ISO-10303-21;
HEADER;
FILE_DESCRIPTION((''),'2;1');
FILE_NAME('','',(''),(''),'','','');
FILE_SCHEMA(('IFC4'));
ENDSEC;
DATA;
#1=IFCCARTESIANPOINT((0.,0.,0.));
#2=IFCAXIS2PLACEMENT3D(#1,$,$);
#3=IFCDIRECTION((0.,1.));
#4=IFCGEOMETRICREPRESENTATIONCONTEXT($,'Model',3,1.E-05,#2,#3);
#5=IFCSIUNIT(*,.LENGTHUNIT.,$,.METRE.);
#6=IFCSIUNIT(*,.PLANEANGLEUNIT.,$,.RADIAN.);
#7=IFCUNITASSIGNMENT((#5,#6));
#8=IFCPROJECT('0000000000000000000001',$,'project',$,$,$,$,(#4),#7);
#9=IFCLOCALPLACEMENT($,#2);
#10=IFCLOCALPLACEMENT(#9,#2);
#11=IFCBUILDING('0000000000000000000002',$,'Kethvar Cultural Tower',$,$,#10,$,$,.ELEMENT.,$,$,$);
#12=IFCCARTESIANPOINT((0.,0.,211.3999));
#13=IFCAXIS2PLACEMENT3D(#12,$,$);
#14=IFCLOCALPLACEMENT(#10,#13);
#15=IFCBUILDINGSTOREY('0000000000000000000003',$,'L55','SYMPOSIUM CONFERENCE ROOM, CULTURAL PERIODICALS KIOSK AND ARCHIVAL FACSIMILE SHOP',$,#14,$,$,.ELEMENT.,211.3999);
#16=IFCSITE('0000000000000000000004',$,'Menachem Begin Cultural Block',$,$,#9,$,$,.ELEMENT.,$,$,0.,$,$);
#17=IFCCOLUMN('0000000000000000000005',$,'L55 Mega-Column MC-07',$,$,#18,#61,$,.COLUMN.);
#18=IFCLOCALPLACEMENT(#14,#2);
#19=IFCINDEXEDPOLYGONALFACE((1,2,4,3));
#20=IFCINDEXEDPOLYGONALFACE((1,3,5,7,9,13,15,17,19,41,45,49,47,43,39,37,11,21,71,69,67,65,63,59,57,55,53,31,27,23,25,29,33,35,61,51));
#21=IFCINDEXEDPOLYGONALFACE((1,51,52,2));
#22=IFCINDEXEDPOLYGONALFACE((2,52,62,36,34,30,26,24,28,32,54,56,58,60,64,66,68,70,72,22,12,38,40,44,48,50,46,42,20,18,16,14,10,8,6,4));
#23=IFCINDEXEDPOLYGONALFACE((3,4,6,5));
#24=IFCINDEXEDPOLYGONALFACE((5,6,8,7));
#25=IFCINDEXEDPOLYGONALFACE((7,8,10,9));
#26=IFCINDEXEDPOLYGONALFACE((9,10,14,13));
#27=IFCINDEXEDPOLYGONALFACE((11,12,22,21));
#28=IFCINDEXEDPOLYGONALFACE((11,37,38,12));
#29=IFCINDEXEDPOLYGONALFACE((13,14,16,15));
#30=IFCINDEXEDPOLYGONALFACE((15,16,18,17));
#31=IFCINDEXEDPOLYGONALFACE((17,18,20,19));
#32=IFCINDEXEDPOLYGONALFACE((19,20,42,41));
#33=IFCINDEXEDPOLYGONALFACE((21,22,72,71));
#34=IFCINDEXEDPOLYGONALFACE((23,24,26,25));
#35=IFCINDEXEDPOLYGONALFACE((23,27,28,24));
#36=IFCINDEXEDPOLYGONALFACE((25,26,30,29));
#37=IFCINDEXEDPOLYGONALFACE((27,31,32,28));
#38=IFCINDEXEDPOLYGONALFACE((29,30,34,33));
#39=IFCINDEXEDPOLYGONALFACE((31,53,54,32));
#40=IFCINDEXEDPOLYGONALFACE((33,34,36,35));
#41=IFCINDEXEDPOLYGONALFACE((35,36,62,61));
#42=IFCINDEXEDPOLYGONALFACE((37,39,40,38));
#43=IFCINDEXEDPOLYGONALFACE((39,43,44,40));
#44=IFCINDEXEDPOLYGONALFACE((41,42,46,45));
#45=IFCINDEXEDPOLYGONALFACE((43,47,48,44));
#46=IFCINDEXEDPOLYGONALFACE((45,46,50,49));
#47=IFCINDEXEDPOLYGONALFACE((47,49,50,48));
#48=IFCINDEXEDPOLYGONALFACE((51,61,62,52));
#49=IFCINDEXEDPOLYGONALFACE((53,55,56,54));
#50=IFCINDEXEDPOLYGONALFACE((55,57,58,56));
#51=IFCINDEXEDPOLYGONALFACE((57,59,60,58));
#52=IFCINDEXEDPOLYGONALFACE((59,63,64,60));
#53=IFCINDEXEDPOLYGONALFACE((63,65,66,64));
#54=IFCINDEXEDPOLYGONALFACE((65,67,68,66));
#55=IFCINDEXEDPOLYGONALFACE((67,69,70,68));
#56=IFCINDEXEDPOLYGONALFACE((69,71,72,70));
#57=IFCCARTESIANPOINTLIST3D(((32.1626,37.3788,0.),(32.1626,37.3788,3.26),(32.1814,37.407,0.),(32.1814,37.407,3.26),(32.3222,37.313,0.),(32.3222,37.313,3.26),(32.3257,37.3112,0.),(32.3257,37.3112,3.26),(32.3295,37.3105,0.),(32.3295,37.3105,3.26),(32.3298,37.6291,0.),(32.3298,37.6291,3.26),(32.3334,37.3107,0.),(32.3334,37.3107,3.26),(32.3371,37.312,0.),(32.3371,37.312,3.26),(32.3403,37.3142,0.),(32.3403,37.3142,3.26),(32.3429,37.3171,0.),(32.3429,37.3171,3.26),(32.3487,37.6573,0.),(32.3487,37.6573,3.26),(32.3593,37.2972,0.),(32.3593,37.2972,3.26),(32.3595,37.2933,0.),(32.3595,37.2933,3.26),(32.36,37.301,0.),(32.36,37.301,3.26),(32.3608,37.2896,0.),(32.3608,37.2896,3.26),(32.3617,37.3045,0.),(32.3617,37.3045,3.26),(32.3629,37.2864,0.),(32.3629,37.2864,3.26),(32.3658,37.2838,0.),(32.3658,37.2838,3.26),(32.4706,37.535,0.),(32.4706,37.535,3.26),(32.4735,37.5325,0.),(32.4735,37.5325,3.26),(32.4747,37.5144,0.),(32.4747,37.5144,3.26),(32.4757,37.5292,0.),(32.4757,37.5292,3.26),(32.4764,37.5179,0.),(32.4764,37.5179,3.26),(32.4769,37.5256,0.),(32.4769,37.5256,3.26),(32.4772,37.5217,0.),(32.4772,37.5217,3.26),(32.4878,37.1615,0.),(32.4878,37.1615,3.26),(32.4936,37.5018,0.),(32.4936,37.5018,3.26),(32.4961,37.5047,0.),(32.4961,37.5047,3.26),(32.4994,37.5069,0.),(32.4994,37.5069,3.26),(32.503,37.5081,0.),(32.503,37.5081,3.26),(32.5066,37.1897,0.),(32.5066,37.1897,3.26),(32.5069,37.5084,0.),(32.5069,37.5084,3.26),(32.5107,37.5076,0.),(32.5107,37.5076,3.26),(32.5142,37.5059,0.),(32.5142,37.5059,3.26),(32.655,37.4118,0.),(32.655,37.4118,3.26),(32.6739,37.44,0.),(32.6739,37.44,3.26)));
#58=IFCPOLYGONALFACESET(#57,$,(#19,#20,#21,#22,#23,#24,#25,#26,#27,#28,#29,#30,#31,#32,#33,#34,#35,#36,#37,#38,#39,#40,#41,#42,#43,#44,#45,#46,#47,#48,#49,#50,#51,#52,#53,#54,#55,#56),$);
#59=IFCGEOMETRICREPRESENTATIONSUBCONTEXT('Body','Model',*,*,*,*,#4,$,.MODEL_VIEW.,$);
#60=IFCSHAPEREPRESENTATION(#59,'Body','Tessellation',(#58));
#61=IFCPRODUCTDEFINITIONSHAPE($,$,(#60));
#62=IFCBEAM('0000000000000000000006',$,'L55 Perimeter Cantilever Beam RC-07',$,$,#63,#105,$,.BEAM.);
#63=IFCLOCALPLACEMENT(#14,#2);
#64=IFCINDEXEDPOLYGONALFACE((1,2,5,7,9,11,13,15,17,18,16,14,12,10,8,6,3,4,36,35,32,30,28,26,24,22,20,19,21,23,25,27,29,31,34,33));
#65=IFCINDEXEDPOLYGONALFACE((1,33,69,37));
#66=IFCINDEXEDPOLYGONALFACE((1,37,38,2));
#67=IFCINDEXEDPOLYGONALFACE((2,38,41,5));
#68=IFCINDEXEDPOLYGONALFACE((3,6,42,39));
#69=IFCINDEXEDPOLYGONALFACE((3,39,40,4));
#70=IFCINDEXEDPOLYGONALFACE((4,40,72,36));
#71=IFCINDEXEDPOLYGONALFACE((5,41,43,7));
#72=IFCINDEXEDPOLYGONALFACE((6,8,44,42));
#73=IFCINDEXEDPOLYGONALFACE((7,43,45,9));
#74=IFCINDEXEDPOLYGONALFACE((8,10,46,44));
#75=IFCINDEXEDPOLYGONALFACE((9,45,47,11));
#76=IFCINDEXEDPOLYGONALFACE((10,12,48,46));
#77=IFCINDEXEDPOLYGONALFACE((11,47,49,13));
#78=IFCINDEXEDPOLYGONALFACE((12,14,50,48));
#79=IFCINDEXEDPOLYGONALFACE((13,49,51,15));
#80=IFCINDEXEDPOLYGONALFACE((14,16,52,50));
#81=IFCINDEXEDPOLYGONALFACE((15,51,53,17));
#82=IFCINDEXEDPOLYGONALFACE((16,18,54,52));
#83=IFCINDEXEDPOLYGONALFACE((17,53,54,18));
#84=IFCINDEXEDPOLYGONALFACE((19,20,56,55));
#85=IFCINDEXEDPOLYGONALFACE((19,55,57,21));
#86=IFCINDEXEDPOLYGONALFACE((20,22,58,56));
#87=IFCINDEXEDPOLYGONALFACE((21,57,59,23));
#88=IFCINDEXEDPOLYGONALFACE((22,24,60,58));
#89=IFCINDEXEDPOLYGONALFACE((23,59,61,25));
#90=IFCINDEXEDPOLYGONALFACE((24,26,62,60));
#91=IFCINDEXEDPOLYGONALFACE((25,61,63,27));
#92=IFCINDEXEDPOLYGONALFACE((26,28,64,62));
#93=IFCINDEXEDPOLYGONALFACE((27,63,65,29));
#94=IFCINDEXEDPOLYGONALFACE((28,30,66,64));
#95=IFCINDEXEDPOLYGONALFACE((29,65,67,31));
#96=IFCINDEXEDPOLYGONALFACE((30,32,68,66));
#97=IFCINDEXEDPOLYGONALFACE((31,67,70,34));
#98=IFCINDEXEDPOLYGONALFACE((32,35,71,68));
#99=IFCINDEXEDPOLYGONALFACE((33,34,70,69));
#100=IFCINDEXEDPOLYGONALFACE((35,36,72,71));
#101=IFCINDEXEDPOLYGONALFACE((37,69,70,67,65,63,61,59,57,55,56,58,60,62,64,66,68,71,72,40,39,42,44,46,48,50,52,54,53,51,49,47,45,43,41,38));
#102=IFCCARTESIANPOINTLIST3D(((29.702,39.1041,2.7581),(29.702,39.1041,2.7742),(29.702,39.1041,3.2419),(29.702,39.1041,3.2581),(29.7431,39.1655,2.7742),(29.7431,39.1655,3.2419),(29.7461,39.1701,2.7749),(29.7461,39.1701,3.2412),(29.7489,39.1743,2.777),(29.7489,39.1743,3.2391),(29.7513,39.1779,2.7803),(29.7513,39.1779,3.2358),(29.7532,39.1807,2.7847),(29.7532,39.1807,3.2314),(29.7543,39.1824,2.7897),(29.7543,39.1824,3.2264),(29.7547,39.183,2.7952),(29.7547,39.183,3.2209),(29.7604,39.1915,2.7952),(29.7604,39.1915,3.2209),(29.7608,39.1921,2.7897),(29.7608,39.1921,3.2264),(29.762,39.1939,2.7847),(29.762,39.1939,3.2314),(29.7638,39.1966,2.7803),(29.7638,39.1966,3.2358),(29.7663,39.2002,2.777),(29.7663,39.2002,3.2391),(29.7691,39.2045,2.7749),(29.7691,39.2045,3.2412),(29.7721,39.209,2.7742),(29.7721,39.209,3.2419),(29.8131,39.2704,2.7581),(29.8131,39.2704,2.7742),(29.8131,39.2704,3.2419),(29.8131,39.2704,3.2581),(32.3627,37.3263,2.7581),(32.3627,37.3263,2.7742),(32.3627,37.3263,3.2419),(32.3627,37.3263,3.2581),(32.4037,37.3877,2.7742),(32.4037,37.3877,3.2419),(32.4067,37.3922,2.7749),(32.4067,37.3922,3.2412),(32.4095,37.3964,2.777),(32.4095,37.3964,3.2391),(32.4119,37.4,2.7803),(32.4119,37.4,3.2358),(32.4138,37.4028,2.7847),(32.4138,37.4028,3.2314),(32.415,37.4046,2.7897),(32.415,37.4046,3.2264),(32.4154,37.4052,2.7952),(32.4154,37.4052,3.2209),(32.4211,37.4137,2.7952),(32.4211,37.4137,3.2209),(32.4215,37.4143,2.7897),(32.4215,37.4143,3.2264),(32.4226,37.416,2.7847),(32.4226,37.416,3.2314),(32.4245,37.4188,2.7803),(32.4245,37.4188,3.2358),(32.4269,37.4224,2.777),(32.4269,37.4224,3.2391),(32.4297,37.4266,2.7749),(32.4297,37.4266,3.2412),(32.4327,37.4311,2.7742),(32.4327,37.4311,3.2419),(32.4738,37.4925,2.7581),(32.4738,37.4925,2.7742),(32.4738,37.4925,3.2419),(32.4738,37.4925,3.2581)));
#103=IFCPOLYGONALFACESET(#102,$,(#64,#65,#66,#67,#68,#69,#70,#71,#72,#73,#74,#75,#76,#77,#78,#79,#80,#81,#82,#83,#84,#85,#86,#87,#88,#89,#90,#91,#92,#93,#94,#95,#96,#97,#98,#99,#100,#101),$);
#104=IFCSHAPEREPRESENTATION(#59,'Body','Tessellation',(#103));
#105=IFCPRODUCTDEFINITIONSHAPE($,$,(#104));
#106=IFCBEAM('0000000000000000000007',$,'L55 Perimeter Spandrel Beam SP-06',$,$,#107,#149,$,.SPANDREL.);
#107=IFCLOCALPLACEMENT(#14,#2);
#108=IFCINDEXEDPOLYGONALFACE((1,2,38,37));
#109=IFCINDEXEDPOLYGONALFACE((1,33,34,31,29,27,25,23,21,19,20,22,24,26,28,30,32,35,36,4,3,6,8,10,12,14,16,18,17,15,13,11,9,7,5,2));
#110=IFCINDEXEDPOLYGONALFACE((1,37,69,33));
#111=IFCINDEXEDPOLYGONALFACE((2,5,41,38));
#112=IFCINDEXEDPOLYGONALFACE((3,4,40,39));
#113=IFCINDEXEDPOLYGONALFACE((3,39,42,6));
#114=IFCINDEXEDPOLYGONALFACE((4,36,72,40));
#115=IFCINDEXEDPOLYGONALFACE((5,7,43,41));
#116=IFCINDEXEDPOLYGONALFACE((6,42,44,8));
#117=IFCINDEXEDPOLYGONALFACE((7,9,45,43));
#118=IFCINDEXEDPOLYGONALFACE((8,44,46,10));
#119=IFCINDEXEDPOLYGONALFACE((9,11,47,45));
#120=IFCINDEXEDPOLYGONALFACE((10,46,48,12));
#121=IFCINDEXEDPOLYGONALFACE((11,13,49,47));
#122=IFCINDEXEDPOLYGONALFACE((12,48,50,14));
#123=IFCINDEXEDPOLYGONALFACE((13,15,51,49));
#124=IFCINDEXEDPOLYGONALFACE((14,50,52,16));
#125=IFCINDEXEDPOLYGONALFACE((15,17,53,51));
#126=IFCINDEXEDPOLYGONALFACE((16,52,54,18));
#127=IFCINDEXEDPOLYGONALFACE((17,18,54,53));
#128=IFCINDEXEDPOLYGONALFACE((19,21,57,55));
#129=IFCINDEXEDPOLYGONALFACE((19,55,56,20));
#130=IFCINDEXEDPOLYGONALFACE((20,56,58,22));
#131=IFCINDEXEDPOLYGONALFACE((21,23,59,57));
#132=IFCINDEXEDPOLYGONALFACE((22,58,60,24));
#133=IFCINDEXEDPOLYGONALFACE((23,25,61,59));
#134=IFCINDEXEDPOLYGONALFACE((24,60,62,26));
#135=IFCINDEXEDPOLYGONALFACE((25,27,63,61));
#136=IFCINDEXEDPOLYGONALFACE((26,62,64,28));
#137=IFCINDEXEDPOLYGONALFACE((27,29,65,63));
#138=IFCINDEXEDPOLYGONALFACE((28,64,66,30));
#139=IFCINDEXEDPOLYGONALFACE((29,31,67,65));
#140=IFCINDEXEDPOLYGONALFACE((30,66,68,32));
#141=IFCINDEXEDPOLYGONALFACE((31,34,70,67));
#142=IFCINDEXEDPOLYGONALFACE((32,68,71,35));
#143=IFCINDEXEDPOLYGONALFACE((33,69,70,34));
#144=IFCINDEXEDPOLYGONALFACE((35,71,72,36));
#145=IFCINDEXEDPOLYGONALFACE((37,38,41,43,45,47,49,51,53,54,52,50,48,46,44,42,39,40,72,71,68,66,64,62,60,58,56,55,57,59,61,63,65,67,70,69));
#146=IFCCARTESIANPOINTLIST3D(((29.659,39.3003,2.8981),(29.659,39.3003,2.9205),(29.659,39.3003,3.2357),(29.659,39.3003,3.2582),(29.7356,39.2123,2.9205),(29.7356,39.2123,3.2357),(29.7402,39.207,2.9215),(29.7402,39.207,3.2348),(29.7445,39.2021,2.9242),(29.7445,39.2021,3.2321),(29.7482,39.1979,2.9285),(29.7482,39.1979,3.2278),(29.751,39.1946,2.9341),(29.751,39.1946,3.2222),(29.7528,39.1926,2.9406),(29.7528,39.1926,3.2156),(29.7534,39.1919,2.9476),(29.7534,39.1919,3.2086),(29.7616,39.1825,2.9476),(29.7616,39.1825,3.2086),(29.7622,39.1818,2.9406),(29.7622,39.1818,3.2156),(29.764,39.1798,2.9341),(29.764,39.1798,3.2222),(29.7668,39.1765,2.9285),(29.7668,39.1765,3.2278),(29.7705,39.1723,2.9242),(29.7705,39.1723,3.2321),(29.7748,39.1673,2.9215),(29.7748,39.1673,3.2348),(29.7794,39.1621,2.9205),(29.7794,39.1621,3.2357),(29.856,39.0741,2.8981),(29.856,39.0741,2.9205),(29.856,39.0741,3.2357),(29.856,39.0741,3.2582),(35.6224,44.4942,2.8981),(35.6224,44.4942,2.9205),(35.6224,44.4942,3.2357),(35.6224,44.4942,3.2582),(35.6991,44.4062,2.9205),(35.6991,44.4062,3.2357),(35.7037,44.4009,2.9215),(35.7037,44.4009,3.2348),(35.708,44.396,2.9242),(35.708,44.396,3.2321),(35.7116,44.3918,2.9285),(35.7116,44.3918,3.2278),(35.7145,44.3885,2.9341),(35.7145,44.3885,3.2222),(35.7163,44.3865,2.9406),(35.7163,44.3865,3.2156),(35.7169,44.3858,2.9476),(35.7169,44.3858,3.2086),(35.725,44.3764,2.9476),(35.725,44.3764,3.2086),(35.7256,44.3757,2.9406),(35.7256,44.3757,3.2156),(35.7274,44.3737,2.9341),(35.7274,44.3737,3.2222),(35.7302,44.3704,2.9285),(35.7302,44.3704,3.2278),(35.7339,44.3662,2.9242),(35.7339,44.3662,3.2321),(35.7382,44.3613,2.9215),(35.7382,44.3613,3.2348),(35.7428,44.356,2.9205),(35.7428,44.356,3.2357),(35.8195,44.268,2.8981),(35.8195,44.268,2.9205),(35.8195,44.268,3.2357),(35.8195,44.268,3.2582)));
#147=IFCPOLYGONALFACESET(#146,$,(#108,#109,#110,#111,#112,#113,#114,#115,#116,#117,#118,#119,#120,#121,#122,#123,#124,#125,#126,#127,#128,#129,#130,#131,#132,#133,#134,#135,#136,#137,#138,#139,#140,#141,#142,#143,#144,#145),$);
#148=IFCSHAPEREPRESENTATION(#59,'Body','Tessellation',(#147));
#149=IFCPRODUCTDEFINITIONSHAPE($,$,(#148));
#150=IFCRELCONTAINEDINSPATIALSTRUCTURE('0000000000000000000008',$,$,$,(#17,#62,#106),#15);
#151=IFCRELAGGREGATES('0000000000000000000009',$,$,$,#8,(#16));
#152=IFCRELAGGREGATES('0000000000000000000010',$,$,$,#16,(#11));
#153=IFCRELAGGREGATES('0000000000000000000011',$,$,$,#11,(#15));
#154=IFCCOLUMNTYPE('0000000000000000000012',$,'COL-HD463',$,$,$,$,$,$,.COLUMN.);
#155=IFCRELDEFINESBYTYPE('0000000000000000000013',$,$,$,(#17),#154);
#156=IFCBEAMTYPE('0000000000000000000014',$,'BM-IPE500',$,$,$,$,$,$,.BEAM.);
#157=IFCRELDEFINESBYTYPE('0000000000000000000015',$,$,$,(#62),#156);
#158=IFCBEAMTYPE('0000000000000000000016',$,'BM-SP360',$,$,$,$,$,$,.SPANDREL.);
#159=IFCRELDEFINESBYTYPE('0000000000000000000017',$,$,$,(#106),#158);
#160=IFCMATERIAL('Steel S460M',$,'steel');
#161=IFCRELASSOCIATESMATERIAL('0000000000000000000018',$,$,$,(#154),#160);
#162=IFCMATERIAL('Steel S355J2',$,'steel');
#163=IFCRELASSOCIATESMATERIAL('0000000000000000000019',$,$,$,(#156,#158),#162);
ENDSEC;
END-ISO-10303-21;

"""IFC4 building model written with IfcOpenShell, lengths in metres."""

from ifc_helpers import new_model, si_unit, direction, frame, origin, origin_2d, place, context, subcontext, project, spatial, i_section, extrude, source, transform, mapped, material, material_profile, profile_set, type_object, element, save


model = new_model("IFC4")

# Units and contexts
model_context = context("Model", 3, precision=1e-05, world=origin(), true_north=direction((0.0, 1.0)))
body_context = subcontext(model_context, "Body", "Model", "MODEL_VIEW")
ifc_project = project(units=[si_unit("LENGTHUNIT", "METRE"), si_unit("PLANEANGLEUNIT", "RADIAN")], contexts=[model_context])

# Site, building, storey
site_placement = place(None, origin())
site = spatial("IfcSite", under=ifc_project, at=site_placement, Name="Menachem Begin Cultural Block", CompositionType="ELEMENT", RefElevation=0.0)
building_placement = place(site_placement, origin())
building = spatial("IfcBuilding", under=site, at=building_placement, Name="Kethvar Cultural Tower", CompositionType="ELEMENT")
storey_placement = place(building_placement, frame((0.0, 0.0, 211.3999)))
storey = spatial("IfcBuildingStorey", under=building, at=storey_placement, Name="L55", Description="SYMPOSIUM CONFERENCE ROOM, CULTURAL PERIODICALS KIOSK AND ARCHIVAL FACSIMILE SHOP", CompositionType="ELEMENT", Elevation=211.3999)

# Column
ifc_material_1 = material(Name="Steel S460M", Category="steel")
ifc_material_profile_1 = material_profile(ifc_material_1, i_section(OverallWidth=0.3911, OverallDepth=0.335, WebThickness=0.0227, FlangeThickness=0.0339, FilletRadius=0.0149, at=origin_2d()), Name="Steel S460M — HD400x463")
ifc_profile_set_1 = profile_set([ifc_material_profile_1], Name="Steel S460M — HD400x463")
column_type = type_object("IfcColumnType", Name="COL-HD463", PredefinedType="COLUMN", material=ifc_profile_set_1)
shared_shape_1 = source(origin(), body_context, "Body", "SweptSolid", [
    extrude(i_section(OverallWidth=0.3911, OverallDepth=0.335, WebThickness=0.0227, FlangeThickness=0.0339, FilletRadius=0.0149, at=origin_2d()), origin(), (0.0, 0.0, 1.0), 3.26),
])
column_placement = place(storey_placement, frame((32.4182, 37.4094, 0.0), z_axis=(0.0, 0.0, 1.0), x_axis=(-0.83147, 0.55557, 0.0)))
element("IfcColumn", 1, at=column_placement, inside=storey, type_object=column_type, Name="L55 Mega-Column MC-07", PredefinedType="COLUMN", context=body_context, shape_type="MappedRepresentation", body=[
    mapped(shared_shape_1, transform((0.0, 0.0, 0.0), scale=1.0)),
])

# Beams
ifc_material_2 = material(Name="Steel S355J2", Category="steel")
ifc_material_profile_2 = material_profile(ifc_material_2, i_section(OverallWidth=0.2, OverallDepth=0.5, WebThickness=0.0103, FlangeThickness=0.0161, FilletRadius=0.021, at=origin_2d()), Name="Steel S355J2 — IPE500")
ifc_profile_set_2 = profile_set([ifc_material_profile_2], Name="Steel S355J2 — IPE500")
beam_type_1 = type_object("IfcBeamType", Name="BM-IPE500", PredefinedType="BEAM", material=ifc_profile_set_2)
shared_shape_2 = source(origin(), body_context, "Body", "SweptSolid", [
    extrude(i_section(OverallWidth=0.2, OverallDepth=0.5, WebThickness=0.0103, FlangeThickness=0.0161, FilletRadius=0.021, at=origin_2d()), origin(), (0.0, 0.0, 1.0), 3.2),
])
beam_1_placement = place(storey_placement, frame((32.4182, 37.4094, 3.0081), z_axis=(-0.831463, 0.55558, 0.0), x_axis=(-0.55558, -0.831463, 0.0)))
element("IfcBeam", 2, at=beam_1_placement, inside=storey, type_object=beam_type_1, Name="L55 Perimeter Cantilever Beam RC-07", PredefinedType="BEAM", context=body_context, shape_type="MappedRepresentation", body=[
    mapped(shared_shape_2, transform((0.0, 0.0, 0.0), scale=1.0)),
])
ifc_material_profile_3 = material_profile(ifc_material_2, i_section(OverallWidth=0.3, OverallDepth=0.3601, WebThickness=0.0125, FlangeThickness=0.0225, FilletRadius=0.0271, at=origin_2d()), Name="Steel S355J2 — HEB360")
ifc_profile_set_3 = profile_set([ifc_material_profile_3], Name="Steel S355J2 — HEB360")
beam_type_2 = type_object("IfcBeamType", Name="BM-SP360", PredefinedType="SPANDREL", material=ifc_profile_set_3)
shared_shape_3 = source(origin(), body_context, "Body", "SweptSolid", [
    extrude(i_section(OverallWidth=0.3, OverallDepth=0.3601, WebThickness=0.0125, FlangeThickness=0.0225, FilletRadius=0.0271, at=origin_2d()), origin(), (0.0, 0.0, 1.0), 7.9082),
])
beam_2_placement = place(storey_placement, frame((35.7209, 44.3811, 3.0781), z_axis=(-0.754086, -0.656776, 0.0), x_axis=(0.656776, -0.754086, 0.0)))
element("IfcBeam", 3, at=beam_2_placement, inside=storey, type_object=beam_type_2, Name="L55 Perimeter Spandrel Beam SP-06", PredefinedType="SPANDREL", context=body_context, shape_type="MappedRepresentation", body=[
    mapped(shared_shape_3, transform((0.0, 0.0, 0.0), scale=1.0)),
])

save(model, "model.ifc")
